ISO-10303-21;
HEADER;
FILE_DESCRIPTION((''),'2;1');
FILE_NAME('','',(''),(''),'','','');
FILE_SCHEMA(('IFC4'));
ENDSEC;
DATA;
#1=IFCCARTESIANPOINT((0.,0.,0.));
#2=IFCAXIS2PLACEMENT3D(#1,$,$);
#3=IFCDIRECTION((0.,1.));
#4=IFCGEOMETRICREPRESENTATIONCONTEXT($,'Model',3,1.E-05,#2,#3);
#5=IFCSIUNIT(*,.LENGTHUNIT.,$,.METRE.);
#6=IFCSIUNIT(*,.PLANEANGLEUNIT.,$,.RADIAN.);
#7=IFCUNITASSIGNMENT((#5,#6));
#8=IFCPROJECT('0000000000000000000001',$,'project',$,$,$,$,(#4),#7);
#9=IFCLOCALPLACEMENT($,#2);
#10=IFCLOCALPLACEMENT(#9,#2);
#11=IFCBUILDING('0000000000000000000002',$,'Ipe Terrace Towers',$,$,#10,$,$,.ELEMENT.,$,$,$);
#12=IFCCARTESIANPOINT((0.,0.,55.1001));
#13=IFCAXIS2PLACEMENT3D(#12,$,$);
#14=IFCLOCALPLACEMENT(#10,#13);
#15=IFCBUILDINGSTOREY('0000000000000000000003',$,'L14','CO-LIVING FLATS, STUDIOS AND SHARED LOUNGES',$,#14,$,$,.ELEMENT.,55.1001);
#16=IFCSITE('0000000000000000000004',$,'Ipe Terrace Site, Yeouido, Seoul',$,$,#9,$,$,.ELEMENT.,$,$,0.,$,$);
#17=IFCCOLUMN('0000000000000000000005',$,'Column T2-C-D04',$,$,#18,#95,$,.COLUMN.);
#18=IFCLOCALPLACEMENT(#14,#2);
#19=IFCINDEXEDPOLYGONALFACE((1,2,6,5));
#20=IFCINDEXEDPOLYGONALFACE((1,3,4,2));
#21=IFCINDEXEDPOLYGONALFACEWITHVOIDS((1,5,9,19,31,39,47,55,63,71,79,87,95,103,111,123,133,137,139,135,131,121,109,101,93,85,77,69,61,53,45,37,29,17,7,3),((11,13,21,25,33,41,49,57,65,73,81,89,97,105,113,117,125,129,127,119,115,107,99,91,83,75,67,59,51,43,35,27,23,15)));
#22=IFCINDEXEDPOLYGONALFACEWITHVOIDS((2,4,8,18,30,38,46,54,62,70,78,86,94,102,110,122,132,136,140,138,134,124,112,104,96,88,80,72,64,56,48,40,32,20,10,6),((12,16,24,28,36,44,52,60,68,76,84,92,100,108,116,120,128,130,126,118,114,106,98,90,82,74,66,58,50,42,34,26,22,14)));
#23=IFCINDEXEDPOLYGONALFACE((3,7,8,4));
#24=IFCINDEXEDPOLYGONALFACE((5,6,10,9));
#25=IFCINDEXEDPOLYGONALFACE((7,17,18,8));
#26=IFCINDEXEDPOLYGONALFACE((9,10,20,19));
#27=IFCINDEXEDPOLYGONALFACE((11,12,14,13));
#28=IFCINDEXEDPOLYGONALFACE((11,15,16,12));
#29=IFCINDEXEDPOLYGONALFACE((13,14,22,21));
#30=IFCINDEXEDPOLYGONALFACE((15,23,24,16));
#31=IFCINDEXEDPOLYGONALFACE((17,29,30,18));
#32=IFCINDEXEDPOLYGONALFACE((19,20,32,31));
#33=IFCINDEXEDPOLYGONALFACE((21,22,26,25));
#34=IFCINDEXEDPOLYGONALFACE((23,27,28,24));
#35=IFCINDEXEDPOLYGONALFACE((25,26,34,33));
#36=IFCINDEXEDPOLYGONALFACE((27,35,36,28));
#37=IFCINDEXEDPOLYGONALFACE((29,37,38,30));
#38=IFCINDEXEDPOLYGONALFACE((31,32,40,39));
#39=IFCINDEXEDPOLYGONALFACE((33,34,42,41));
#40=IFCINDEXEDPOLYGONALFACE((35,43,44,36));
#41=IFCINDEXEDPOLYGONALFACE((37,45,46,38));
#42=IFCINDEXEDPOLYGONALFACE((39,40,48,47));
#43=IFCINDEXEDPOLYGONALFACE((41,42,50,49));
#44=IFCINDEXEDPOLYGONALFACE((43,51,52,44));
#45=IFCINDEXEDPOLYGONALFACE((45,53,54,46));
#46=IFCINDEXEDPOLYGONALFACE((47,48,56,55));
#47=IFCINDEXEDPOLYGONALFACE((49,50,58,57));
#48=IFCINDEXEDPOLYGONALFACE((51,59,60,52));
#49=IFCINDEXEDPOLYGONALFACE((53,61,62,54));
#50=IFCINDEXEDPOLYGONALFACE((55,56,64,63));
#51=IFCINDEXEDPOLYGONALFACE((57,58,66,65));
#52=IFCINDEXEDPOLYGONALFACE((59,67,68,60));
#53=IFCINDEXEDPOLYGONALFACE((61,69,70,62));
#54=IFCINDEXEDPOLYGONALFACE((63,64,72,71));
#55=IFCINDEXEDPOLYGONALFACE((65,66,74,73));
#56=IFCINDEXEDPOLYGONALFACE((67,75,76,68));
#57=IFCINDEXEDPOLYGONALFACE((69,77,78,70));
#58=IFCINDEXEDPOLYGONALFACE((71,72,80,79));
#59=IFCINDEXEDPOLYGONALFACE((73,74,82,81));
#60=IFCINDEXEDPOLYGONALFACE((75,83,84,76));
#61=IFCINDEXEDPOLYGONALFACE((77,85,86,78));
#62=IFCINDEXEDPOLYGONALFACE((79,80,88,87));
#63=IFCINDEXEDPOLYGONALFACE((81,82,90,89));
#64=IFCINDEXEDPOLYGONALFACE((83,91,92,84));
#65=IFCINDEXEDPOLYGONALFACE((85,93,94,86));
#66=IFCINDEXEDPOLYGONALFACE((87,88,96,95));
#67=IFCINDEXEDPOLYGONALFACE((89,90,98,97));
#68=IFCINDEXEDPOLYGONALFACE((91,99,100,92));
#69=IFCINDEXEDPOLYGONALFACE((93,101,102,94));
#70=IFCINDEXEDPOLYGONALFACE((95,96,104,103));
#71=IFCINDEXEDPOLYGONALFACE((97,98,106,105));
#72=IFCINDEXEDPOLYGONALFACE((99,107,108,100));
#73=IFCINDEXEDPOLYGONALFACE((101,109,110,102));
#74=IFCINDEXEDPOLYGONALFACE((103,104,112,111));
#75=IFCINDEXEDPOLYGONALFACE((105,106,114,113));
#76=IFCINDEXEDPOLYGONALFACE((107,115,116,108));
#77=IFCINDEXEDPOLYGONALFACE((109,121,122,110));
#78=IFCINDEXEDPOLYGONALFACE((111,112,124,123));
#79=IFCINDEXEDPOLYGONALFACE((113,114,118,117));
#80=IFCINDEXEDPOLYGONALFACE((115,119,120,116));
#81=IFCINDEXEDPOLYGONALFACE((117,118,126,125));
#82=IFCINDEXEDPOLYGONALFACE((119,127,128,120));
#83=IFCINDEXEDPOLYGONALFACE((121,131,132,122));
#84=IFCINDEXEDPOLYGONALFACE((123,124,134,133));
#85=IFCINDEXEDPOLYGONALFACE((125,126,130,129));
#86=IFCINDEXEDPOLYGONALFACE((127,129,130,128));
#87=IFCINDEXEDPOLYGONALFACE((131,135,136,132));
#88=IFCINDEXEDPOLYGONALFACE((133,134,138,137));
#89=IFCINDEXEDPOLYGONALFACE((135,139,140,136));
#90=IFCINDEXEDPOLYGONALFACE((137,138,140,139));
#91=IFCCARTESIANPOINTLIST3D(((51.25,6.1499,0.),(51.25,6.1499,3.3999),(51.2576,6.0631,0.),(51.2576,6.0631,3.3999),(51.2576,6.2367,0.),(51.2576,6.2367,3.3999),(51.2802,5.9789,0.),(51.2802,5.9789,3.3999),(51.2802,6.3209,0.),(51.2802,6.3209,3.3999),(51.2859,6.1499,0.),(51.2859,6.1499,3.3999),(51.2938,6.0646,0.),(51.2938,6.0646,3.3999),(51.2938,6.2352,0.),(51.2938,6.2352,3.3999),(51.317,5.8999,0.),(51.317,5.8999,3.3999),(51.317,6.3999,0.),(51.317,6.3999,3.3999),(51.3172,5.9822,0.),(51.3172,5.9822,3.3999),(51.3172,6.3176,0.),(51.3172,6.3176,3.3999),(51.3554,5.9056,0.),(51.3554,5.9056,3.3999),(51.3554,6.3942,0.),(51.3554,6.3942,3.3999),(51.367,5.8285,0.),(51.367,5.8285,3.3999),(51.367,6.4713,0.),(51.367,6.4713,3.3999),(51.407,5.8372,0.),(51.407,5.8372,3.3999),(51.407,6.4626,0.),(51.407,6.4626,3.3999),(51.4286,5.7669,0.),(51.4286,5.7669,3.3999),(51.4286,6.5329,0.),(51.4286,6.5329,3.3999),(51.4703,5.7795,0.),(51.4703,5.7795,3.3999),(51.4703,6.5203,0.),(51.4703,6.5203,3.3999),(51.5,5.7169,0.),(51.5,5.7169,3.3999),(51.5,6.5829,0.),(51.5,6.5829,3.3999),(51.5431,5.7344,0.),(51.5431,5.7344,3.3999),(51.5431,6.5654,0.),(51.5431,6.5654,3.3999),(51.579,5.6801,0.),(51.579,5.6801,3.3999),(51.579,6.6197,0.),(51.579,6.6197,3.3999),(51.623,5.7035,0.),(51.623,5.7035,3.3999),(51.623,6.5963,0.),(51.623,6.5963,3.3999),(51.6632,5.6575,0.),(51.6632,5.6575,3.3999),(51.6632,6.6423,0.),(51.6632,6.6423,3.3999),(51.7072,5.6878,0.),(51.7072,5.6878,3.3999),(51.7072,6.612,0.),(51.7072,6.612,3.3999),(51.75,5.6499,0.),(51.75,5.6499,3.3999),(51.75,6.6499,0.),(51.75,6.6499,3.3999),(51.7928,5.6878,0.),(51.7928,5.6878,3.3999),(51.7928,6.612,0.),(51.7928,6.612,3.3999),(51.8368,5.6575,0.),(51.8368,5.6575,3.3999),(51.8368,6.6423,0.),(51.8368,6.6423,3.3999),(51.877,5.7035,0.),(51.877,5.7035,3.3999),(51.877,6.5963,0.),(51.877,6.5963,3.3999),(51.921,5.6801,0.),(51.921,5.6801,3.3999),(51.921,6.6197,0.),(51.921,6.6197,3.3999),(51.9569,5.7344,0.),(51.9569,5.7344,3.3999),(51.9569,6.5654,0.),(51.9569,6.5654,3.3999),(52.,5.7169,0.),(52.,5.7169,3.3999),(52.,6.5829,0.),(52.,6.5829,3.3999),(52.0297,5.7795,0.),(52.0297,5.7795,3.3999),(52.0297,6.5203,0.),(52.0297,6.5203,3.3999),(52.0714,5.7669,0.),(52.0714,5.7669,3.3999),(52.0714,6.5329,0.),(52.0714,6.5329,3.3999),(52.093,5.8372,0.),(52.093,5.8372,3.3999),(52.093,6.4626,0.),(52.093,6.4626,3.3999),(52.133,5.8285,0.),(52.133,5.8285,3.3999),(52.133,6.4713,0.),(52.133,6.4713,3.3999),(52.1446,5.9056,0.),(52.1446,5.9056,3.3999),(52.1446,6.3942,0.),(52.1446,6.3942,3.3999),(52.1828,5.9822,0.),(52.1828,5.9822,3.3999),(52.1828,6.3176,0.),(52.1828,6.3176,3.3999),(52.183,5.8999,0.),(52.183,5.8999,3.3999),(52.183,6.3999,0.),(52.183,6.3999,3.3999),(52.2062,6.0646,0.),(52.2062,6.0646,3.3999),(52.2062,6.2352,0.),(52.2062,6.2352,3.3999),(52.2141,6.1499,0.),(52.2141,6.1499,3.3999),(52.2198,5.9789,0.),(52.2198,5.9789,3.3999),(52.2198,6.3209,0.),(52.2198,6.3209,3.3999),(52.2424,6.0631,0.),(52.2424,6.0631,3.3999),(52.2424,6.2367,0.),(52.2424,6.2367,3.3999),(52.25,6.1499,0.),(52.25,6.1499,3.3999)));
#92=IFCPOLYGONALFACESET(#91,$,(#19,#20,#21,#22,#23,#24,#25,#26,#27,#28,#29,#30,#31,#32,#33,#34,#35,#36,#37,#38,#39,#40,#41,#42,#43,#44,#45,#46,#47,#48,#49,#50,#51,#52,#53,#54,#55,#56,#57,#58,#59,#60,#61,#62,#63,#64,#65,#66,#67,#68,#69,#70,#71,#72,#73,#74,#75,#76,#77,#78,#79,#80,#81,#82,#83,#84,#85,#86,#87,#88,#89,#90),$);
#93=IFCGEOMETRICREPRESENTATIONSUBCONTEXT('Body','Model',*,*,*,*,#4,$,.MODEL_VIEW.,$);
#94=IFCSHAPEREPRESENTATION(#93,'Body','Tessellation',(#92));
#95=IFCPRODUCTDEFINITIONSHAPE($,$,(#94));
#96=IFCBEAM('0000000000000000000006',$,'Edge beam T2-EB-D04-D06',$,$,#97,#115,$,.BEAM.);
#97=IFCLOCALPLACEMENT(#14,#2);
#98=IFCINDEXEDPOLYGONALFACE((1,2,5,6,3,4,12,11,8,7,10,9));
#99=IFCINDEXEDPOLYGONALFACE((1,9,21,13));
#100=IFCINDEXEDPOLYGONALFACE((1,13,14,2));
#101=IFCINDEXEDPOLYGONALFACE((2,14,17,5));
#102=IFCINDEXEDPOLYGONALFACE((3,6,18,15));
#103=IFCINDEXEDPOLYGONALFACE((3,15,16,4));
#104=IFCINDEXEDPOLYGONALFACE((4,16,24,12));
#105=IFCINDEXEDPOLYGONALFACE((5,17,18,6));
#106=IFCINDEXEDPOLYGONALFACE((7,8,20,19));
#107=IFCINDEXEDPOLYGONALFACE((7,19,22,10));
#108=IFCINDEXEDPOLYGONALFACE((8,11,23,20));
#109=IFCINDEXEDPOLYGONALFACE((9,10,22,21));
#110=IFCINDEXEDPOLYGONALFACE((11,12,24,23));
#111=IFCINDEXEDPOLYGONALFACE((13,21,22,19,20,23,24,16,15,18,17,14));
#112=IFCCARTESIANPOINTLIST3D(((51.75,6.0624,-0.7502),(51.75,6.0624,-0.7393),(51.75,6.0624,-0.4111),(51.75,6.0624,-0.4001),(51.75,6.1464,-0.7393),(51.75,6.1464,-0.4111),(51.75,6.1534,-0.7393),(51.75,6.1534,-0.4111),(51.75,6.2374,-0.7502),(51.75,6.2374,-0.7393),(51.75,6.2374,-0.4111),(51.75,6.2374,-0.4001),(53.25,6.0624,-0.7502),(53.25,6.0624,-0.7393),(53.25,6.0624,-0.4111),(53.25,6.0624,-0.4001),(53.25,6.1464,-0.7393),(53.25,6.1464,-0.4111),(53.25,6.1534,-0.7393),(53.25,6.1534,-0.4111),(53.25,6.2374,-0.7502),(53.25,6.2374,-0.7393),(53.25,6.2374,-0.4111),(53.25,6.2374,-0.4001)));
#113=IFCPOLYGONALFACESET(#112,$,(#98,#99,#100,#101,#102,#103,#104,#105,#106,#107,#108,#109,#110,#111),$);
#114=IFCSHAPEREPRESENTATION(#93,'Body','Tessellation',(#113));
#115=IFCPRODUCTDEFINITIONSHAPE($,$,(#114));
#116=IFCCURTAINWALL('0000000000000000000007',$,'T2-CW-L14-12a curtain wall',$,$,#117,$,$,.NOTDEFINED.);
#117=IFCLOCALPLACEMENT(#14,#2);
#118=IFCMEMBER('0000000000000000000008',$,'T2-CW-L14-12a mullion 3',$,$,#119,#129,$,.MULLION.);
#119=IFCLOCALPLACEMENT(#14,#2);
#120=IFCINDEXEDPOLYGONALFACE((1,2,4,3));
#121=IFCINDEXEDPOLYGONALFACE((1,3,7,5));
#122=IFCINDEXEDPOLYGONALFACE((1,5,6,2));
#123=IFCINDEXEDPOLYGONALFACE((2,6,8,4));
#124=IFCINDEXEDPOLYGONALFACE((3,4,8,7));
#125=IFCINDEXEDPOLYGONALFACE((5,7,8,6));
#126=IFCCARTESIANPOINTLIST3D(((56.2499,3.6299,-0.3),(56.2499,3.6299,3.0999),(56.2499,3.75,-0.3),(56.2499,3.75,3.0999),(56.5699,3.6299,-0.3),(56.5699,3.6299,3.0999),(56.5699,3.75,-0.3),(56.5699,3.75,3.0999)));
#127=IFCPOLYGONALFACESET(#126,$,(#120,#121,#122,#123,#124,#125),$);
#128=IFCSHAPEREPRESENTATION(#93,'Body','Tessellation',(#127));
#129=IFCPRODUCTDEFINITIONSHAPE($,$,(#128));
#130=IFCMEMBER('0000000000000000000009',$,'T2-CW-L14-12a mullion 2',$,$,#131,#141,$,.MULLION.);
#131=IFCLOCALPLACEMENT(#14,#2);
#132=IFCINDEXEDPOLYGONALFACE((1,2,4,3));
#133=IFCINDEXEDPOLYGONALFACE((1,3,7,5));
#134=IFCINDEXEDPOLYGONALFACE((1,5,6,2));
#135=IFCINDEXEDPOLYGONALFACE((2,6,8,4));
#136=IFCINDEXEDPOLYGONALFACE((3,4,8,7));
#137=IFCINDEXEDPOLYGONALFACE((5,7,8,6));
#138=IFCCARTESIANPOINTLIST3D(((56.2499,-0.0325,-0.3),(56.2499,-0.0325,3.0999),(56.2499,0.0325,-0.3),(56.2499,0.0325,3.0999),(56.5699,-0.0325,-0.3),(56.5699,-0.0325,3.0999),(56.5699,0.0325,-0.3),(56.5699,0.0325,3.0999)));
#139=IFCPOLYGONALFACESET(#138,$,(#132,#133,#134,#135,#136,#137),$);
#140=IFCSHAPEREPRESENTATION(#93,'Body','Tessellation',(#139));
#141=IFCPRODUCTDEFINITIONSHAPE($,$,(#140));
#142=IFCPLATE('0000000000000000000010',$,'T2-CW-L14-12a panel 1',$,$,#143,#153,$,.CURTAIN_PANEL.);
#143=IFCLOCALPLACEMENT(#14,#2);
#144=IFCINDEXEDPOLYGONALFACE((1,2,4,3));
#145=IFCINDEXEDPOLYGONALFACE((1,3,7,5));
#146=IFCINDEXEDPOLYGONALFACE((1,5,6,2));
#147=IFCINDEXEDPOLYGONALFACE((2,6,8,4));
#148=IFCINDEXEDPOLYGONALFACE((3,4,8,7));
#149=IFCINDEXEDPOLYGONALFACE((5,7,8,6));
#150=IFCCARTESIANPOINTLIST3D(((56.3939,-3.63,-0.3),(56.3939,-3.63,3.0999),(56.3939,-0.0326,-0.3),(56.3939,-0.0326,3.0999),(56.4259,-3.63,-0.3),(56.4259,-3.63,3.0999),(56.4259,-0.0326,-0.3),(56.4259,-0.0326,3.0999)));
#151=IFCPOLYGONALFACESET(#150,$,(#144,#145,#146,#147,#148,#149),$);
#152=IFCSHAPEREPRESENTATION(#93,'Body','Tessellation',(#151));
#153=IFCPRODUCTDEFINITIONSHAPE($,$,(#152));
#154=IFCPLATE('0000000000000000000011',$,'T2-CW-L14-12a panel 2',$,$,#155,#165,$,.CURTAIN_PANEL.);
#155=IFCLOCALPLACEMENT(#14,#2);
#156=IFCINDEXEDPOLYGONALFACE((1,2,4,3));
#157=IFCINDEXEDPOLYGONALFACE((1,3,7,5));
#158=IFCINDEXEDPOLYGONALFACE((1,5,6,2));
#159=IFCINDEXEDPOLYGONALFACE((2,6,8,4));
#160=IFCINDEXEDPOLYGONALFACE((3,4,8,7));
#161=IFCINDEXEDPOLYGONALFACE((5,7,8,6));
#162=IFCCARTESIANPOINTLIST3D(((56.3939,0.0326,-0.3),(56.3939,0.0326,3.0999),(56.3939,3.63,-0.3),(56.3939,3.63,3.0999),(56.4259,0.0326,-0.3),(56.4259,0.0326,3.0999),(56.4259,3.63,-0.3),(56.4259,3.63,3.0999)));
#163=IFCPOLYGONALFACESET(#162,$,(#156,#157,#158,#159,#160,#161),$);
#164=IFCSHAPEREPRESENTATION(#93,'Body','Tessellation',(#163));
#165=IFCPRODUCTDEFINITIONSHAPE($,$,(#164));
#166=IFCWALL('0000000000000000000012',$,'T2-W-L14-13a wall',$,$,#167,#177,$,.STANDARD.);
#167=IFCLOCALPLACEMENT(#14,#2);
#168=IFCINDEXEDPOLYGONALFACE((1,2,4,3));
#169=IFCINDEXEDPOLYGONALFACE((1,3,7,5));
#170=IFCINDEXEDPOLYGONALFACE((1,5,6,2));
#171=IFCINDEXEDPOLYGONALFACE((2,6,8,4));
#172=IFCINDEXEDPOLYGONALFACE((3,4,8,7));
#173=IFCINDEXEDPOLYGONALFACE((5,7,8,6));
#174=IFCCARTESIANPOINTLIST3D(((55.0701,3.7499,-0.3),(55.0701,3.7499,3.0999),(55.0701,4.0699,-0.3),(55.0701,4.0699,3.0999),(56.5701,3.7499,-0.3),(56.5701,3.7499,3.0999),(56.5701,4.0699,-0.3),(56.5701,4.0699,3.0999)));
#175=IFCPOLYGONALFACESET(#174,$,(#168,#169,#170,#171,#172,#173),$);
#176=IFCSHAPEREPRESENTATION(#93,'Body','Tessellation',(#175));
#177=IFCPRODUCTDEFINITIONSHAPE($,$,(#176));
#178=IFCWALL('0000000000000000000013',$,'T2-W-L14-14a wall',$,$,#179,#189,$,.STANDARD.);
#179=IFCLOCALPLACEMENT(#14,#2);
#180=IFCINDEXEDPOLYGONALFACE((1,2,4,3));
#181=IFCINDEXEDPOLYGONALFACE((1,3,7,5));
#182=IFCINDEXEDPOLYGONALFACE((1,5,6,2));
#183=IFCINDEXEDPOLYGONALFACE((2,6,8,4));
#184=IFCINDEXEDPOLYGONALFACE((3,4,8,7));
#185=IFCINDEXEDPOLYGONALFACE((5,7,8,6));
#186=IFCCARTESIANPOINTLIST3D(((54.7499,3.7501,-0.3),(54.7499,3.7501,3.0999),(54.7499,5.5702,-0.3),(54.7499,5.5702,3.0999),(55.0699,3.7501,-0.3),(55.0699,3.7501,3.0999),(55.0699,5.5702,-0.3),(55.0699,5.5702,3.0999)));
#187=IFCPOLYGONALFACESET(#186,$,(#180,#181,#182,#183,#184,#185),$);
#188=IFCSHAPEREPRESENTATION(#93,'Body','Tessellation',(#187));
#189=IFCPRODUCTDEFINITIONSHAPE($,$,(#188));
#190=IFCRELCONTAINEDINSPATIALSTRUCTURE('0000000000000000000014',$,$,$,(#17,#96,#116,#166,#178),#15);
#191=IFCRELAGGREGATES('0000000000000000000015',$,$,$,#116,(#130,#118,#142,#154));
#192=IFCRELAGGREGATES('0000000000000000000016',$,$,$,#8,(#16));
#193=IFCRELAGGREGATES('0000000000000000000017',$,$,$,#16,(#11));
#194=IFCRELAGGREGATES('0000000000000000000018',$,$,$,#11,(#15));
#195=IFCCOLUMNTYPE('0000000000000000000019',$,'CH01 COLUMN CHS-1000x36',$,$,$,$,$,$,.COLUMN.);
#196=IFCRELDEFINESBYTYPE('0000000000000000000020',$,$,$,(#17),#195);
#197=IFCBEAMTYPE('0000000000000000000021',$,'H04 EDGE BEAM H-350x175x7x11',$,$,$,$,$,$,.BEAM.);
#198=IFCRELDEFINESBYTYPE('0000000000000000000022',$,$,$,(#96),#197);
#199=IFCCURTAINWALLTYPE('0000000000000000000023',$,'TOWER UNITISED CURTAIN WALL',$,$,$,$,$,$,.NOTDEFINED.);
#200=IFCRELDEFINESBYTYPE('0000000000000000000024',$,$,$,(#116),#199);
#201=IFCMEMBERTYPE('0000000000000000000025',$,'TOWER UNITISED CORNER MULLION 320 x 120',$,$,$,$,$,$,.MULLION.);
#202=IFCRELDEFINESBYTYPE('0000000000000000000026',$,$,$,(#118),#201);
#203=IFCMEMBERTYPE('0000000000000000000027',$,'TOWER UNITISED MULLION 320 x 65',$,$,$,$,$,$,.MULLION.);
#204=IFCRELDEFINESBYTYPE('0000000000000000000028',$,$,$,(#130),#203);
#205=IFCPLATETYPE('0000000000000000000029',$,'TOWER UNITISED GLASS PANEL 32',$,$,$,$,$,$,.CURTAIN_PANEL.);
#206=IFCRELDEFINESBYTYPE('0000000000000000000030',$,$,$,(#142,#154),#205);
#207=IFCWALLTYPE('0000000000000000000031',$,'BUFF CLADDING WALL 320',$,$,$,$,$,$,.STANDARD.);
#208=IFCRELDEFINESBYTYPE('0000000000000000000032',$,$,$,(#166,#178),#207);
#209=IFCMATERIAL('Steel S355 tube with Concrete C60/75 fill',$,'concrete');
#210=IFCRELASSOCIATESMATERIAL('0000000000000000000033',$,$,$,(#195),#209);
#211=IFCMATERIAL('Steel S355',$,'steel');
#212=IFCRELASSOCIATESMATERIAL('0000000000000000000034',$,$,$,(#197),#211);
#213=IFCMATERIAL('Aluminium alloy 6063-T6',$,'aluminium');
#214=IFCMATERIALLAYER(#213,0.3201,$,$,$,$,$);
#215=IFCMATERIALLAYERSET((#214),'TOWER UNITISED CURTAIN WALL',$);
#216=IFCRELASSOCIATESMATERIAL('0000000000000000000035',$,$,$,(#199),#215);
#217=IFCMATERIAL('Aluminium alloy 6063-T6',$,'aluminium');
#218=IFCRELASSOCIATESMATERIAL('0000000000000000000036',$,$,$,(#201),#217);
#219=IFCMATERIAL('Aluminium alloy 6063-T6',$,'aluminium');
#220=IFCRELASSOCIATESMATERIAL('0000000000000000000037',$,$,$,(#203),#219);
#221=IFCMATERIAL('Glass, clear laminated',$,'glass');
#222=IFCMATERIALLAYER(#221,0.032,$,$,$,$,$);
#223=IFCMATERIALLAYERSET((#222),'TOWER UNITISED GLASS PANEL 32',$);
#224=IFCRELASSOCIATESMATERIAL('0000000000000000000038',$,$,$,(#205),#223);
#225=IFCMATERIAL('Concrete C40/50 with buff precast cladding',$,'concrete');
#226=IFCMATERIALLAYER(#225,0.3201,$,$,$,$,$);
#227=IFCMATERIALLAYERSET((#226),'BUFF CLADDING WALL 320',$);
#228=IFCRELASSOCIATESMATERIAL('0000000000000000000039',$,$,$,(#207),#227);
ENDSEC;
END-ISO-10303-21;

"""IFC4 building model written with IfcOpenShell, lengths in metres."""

from ifc_helpers import new_model, si_unit, direction, frame, frame_2d, origin, origin_2d, place, context, subcontext, project, spatial, rectangle, hollow_circle, i_section, extrude, material, layer, layer_set, material_profile, profile_set, type_object, element, aggregate, save


model = new_model("IFC4")

# Units and contexts
model_context = context("Model", 3, precision=1e-05, world=origin(), true_north=direction((0.0, 1.0)))
body_context = subcontext(model_context, "Body", "Model", "MODEL_VIEW")
ifc_project = project(units=[si_unit("LENGTHUNIT", "METRE"), si_unit("PLANEANGLEUNIT", "RADIAN")], contexts=[model_context])

# Site, building, storey
site_placement = place(None, origin())
site = spatial("IfcSite", under=ifc_project, at=site_placement, Name="Ipe Terrace Site, Yeouido, Seoul", CompositionType="ELEMENT", RefElevation=0.0)
building_placement = place(site_placement, origin())
building = spatial("IfcBuilding", under=site, at=building_placement, Name="Ipe Terrace Towers", CompositionType="ELEMENT")
storey_placement = place(building_placement, frame((0.0, 0.0, 55.1001)))
storey = spatial("IfcBuildingStorey", under=building, at=storey_placement, Name="L14", Description="CO-LIVING FLATS, STUDIOS AND SHARED LOUNGES", CompositionType="ELEMENT", Elevation=55.1001)

# Column
ifc_material_1 = material(Name="Steel S355 tube with Concrete C60/75 fill", Category="concrete")
ifc_material_profile_1 = material_profile(ifc_material_1, hollow_circle(Radius=0.5, WallThickness=0.0359, at=origin_2d()), Name="CHS-1000x36")
ifc_profile_set_1 = profile_set([ifc_material_profile_1], Name="Steel S355 tube with Concrete C60/75 fill")
column_type = type_object("IfcColumnType", Name="CH01 COLUMN CHS-1000x36", PredefinedType="COLUMN", material=ifc_profile_set_1)
column_placement = place(storey_placement, frame((51.75, 6.1499, 0.0), z_axis=(0.0, 0.0, 1.0), x_axis=(1.0, 0.0, 0.0)))
element("IfcColumn", 1, at=column_placement, inside=storey, type_object=column_type, Name="Column T2-C-D04", PredefinedType="COLUMN", context=body_context, shape_type="SweptSolid", body=[
    extrude(hollow_circle(Radius=0.5, WallThickness=0.0359, at=origin_2d()), origin(), (0.0, 0.0, 1.0), 3.3999),
])

# Beam
ifc_material_2 = material(Name="Steel S355", Category="steel")
ifc_material_profile_2 = material_profile(ifc_material_2, i_section(OverallWidth=0.175, OverallDepth=0.3501, WebThickness=0.0071, FlangeThickness=0.011, at=origin_2d()), Name="H-350x175x7x11")
ifc_profile_set_2 = profile_set([ifc_material_profile_2], Name="Steel S355")
beam_type = type_object("IfcBeamType", Name="H04 EDGE BEAM H-350x175x7x11", PredefinedType="BEAM", material=ifc_profile_set_2)
beam_placement = place(storey_placement, frame((51.75, 6.1499, -0.5752), z_axis=(1.0, 0.0, 0.0), x_axis=(0.0, 1.0, 0.0)))
element("IfcBeam", 2, at=beam_placement, inside=storey, type_object=beam_type, Name="Edge beam T2-EB-D04-D06", PredefinedType="BEAM", context=body_context, shape_type="SweptSolid", body=[
    extrude(i_section(OverallWidth=0.175, OverallDepth=0.3501, WebThickness=0.0071, FlangeThickness=0.011, at=origin_2d()), origin(), (0.0, 0.0, 1.0), 1.5),
])

# Curtain wall, members, plates
ifc_material_3 = material(Name="Aluminium alloy 6063-T6", Category="aluminium")
ifc_layer_1 = layer(ifc_material_3, 0.3201)
ifc_layer_set_1 = layer_set([ifc_layer_1], Name="TOWER UNITISED CURTAIN WALL")
curtain_wall_type = type_object("IfcCurtainWallType", Name="TOWER UNITISED CURTAIN WALL", PredefinedType="NOTDEFINED", material=ifc_layer_set_1)
curtain_wall_placement = place(storey_placement, origin())
curtain_wall = element("IfcCurtainWall", 3, at=curtain_wall_placement, inside=storey, type_object=curtain_wall_type, Name="T2-CW-L14-12a curtain wall", PredefinedType="NOTDEFINED")
ifc_material_4 = material(Name="Aluminium alloy 6063-T6", Category="aluminium")
ifc_material_profile_3 = material_profile(ifc_material_4, rectangle(XDim=0.3201, YDim=0.1201, at=origin_2d()), Name="TOWER UNITISED CORNER MULLION 320 x 120")
ifc_profile_set_3 = profile_set([ifc_material_profile_3], Name="Aluminium alloy 6063-T6")
member_type_1 = type_object("IfcMemberType", Name="TOWER UNITISED CORNER MULLION 320 x 120", PredefinedType="MULLION", material=ifc_profile_set_3)
member_1_placement = place(storey_placement, frame((56.4099, 3.6899, -0.3), z_axis=(0.0, 0.0, 1.0), x_axis=(1.0, 0.0, 0.0)))
member_1 = element("IfcMember", 4, at=member_1_placement, type_object=member_type_1, Name="T2-CW-L14-12a mullion 3", PredefinedType="MULLION", context=body_context, shape_type="SweptSolid", body=[
    extrude(rectangle(XDim=0.3201, YDim=0.1201, at=origin_2d()), origin(), (0.0, 0.0, 1.0), 3.3999),
])
ifc_material_5 = material(Name="Aluminium alloy 6063-T6", Category="aluminium")
ifc_material_profile_4 = material_profile(ifc_material_5, rectangle(XDim=0.3201, YDim=0.0649, at=origin_2d()), Name="TOWER UNITISED MULLION 320 x 65")
ifc_profile_set_4 = profile_set([ifc_material_profile_4], Name="Aluminium alloy 6063-T6")
member_type_2 = type_object("IfcMemberType", Name="TOWER UNITISED MULLION 320 x 65", PredefinedType="MULLION", material=ifc_profile_set_4)
member_2_placement = place(storey_placement, frame((56.4099, 0.0, -0.3), z_axis=(0.0, 0.0, 1.0), x_axis=(1.0, 0.0, 0.0)))
member_2 = element("IfcMember", 5, at=member_2_placement, type_object=member_type_2, Name="T2-CW-L14-12a mullion 2", PredefinedType="MULLION", context=body_context, shape_type="SweptSolid", body=[
    extrude(rectangle(XDim=0.3201, YDim=0.0649, at=origin_2d()), origin(), (0.0, 0.0, 1.0), 3.3999),
])
ifc_material_6 = material(Name="Glass, clear laminated", Category="glass")
ifc_layer_2 = layer(ifc_material_6, 0.032)
ifc_layer_set_2 = layer_set([ifc_layer_2], Name="TOWER UNITISED GLASS PANEL 32")
plate_type = type_object("IfcPlateType", Name="TOWER UNITISED GLASS PANEL 32", PredefinedType="CURTAIN_PANEL", material=ifc_layer_set_2)
plate_1_placement = place(storey_placement, frame((56.4099, -1.8313, -0.3), z_axis=(0.0, 0.0, 1.0), x_axis=(0.0, 1.0, 0.0)))
plate_1 = element("IfcPlate", 6, at=plate_1_placement, type_object=plate_type, Name="T2-CW-L14-12a panel 1", PredefinedType="CURTAIN_PANEL", context=body_context, shape_type="SweptSolid", body=[
    extrude(rectangle(XDim=3.5974, YDim=0.032, at=origin_2d()), origin(), (0.0, 0.0, 1.0), 3.3999),
])
plate_2_placement = place(storey_placement, frame((56.4099, 1.8313, -0.3), z_axis=(0.0, 0.0, 1.0), x_axis=(0.0, 1.0, 0.0)))
plate_2 = element("IfcPlate", 7, at=plate_2_placement, type_object=plate_type, Name="T2-CW-L14-12a panel 2", PredefinedType="CURTAIN_PANEL", context=body_context, shape_type="SweptSolid", body=[
    extrude(rectangle(XDim=3.5974, YDim=0.032, at=origin_2d()), origin(), (0.0, 0.0, 1.0), 3.3999),
])
aggregate(curtain_wall, [member_2, member_1, plate_1, plate_2])

# Walls
ifc_material_7 = material(Name="Concrete C40/50 with buff precast cladding", Category="concrete")
ifc_layer_3 = layer(ifc_material_7, 0.3201)
ifc_layer_set_3 = layer_set([ifc_layer_3], Name="BUFF CLADDING WALL 320")
wall_type_1 = type_object("IfcWallType", Name="BUFF CLADDING WALL 320", PredefinedType="STANDARD", material=ifc_layer_set_3)
wall_1_placement = place(storey_placement, frame((56.5701, 3.9099, -0.3), z_axis=(0.0, 0.0, 1.0), x_axis=(-1.0, 0.0, 0.0)))
element("IfcWall", 8, at=wall_1_placement, inside=storey, type_object=wall_type_1, Name="T2-W-L14-13a wall", PredefinedType="STANDARD", context=body_context, shape_type="SweptSolid", body=[
    extrude(rectangle(XDim=1.5, YDim=0.3201, at=frame_2d((0.75, 0.0))), origin(), (0.0, 0.0, 1.0), 3.3999),
])
wall_2_placement = place(storey_placement, frame((54.9099, 3.75, -0.3), z_axis=(0.0, 0.0, 1.0), x_axis=(0.0, 1.0, 0.0)))
element("IfcWall", 9, at=wall_2_placement, inside=storey, type_object=wall_type_1, Name="T2-W-L14-14a wall", PredefinedType="STANDARD", context=body_context, shape_type="SweptSolid", body=[
    extrude(rectangle(XDim=1.8201, YDim=0.3201, at=frame_2d((0.9102, 0.0))), origin(), (0.0, 0.0, 1.0), 3.3999),
])

save(model, "model.ifc")
